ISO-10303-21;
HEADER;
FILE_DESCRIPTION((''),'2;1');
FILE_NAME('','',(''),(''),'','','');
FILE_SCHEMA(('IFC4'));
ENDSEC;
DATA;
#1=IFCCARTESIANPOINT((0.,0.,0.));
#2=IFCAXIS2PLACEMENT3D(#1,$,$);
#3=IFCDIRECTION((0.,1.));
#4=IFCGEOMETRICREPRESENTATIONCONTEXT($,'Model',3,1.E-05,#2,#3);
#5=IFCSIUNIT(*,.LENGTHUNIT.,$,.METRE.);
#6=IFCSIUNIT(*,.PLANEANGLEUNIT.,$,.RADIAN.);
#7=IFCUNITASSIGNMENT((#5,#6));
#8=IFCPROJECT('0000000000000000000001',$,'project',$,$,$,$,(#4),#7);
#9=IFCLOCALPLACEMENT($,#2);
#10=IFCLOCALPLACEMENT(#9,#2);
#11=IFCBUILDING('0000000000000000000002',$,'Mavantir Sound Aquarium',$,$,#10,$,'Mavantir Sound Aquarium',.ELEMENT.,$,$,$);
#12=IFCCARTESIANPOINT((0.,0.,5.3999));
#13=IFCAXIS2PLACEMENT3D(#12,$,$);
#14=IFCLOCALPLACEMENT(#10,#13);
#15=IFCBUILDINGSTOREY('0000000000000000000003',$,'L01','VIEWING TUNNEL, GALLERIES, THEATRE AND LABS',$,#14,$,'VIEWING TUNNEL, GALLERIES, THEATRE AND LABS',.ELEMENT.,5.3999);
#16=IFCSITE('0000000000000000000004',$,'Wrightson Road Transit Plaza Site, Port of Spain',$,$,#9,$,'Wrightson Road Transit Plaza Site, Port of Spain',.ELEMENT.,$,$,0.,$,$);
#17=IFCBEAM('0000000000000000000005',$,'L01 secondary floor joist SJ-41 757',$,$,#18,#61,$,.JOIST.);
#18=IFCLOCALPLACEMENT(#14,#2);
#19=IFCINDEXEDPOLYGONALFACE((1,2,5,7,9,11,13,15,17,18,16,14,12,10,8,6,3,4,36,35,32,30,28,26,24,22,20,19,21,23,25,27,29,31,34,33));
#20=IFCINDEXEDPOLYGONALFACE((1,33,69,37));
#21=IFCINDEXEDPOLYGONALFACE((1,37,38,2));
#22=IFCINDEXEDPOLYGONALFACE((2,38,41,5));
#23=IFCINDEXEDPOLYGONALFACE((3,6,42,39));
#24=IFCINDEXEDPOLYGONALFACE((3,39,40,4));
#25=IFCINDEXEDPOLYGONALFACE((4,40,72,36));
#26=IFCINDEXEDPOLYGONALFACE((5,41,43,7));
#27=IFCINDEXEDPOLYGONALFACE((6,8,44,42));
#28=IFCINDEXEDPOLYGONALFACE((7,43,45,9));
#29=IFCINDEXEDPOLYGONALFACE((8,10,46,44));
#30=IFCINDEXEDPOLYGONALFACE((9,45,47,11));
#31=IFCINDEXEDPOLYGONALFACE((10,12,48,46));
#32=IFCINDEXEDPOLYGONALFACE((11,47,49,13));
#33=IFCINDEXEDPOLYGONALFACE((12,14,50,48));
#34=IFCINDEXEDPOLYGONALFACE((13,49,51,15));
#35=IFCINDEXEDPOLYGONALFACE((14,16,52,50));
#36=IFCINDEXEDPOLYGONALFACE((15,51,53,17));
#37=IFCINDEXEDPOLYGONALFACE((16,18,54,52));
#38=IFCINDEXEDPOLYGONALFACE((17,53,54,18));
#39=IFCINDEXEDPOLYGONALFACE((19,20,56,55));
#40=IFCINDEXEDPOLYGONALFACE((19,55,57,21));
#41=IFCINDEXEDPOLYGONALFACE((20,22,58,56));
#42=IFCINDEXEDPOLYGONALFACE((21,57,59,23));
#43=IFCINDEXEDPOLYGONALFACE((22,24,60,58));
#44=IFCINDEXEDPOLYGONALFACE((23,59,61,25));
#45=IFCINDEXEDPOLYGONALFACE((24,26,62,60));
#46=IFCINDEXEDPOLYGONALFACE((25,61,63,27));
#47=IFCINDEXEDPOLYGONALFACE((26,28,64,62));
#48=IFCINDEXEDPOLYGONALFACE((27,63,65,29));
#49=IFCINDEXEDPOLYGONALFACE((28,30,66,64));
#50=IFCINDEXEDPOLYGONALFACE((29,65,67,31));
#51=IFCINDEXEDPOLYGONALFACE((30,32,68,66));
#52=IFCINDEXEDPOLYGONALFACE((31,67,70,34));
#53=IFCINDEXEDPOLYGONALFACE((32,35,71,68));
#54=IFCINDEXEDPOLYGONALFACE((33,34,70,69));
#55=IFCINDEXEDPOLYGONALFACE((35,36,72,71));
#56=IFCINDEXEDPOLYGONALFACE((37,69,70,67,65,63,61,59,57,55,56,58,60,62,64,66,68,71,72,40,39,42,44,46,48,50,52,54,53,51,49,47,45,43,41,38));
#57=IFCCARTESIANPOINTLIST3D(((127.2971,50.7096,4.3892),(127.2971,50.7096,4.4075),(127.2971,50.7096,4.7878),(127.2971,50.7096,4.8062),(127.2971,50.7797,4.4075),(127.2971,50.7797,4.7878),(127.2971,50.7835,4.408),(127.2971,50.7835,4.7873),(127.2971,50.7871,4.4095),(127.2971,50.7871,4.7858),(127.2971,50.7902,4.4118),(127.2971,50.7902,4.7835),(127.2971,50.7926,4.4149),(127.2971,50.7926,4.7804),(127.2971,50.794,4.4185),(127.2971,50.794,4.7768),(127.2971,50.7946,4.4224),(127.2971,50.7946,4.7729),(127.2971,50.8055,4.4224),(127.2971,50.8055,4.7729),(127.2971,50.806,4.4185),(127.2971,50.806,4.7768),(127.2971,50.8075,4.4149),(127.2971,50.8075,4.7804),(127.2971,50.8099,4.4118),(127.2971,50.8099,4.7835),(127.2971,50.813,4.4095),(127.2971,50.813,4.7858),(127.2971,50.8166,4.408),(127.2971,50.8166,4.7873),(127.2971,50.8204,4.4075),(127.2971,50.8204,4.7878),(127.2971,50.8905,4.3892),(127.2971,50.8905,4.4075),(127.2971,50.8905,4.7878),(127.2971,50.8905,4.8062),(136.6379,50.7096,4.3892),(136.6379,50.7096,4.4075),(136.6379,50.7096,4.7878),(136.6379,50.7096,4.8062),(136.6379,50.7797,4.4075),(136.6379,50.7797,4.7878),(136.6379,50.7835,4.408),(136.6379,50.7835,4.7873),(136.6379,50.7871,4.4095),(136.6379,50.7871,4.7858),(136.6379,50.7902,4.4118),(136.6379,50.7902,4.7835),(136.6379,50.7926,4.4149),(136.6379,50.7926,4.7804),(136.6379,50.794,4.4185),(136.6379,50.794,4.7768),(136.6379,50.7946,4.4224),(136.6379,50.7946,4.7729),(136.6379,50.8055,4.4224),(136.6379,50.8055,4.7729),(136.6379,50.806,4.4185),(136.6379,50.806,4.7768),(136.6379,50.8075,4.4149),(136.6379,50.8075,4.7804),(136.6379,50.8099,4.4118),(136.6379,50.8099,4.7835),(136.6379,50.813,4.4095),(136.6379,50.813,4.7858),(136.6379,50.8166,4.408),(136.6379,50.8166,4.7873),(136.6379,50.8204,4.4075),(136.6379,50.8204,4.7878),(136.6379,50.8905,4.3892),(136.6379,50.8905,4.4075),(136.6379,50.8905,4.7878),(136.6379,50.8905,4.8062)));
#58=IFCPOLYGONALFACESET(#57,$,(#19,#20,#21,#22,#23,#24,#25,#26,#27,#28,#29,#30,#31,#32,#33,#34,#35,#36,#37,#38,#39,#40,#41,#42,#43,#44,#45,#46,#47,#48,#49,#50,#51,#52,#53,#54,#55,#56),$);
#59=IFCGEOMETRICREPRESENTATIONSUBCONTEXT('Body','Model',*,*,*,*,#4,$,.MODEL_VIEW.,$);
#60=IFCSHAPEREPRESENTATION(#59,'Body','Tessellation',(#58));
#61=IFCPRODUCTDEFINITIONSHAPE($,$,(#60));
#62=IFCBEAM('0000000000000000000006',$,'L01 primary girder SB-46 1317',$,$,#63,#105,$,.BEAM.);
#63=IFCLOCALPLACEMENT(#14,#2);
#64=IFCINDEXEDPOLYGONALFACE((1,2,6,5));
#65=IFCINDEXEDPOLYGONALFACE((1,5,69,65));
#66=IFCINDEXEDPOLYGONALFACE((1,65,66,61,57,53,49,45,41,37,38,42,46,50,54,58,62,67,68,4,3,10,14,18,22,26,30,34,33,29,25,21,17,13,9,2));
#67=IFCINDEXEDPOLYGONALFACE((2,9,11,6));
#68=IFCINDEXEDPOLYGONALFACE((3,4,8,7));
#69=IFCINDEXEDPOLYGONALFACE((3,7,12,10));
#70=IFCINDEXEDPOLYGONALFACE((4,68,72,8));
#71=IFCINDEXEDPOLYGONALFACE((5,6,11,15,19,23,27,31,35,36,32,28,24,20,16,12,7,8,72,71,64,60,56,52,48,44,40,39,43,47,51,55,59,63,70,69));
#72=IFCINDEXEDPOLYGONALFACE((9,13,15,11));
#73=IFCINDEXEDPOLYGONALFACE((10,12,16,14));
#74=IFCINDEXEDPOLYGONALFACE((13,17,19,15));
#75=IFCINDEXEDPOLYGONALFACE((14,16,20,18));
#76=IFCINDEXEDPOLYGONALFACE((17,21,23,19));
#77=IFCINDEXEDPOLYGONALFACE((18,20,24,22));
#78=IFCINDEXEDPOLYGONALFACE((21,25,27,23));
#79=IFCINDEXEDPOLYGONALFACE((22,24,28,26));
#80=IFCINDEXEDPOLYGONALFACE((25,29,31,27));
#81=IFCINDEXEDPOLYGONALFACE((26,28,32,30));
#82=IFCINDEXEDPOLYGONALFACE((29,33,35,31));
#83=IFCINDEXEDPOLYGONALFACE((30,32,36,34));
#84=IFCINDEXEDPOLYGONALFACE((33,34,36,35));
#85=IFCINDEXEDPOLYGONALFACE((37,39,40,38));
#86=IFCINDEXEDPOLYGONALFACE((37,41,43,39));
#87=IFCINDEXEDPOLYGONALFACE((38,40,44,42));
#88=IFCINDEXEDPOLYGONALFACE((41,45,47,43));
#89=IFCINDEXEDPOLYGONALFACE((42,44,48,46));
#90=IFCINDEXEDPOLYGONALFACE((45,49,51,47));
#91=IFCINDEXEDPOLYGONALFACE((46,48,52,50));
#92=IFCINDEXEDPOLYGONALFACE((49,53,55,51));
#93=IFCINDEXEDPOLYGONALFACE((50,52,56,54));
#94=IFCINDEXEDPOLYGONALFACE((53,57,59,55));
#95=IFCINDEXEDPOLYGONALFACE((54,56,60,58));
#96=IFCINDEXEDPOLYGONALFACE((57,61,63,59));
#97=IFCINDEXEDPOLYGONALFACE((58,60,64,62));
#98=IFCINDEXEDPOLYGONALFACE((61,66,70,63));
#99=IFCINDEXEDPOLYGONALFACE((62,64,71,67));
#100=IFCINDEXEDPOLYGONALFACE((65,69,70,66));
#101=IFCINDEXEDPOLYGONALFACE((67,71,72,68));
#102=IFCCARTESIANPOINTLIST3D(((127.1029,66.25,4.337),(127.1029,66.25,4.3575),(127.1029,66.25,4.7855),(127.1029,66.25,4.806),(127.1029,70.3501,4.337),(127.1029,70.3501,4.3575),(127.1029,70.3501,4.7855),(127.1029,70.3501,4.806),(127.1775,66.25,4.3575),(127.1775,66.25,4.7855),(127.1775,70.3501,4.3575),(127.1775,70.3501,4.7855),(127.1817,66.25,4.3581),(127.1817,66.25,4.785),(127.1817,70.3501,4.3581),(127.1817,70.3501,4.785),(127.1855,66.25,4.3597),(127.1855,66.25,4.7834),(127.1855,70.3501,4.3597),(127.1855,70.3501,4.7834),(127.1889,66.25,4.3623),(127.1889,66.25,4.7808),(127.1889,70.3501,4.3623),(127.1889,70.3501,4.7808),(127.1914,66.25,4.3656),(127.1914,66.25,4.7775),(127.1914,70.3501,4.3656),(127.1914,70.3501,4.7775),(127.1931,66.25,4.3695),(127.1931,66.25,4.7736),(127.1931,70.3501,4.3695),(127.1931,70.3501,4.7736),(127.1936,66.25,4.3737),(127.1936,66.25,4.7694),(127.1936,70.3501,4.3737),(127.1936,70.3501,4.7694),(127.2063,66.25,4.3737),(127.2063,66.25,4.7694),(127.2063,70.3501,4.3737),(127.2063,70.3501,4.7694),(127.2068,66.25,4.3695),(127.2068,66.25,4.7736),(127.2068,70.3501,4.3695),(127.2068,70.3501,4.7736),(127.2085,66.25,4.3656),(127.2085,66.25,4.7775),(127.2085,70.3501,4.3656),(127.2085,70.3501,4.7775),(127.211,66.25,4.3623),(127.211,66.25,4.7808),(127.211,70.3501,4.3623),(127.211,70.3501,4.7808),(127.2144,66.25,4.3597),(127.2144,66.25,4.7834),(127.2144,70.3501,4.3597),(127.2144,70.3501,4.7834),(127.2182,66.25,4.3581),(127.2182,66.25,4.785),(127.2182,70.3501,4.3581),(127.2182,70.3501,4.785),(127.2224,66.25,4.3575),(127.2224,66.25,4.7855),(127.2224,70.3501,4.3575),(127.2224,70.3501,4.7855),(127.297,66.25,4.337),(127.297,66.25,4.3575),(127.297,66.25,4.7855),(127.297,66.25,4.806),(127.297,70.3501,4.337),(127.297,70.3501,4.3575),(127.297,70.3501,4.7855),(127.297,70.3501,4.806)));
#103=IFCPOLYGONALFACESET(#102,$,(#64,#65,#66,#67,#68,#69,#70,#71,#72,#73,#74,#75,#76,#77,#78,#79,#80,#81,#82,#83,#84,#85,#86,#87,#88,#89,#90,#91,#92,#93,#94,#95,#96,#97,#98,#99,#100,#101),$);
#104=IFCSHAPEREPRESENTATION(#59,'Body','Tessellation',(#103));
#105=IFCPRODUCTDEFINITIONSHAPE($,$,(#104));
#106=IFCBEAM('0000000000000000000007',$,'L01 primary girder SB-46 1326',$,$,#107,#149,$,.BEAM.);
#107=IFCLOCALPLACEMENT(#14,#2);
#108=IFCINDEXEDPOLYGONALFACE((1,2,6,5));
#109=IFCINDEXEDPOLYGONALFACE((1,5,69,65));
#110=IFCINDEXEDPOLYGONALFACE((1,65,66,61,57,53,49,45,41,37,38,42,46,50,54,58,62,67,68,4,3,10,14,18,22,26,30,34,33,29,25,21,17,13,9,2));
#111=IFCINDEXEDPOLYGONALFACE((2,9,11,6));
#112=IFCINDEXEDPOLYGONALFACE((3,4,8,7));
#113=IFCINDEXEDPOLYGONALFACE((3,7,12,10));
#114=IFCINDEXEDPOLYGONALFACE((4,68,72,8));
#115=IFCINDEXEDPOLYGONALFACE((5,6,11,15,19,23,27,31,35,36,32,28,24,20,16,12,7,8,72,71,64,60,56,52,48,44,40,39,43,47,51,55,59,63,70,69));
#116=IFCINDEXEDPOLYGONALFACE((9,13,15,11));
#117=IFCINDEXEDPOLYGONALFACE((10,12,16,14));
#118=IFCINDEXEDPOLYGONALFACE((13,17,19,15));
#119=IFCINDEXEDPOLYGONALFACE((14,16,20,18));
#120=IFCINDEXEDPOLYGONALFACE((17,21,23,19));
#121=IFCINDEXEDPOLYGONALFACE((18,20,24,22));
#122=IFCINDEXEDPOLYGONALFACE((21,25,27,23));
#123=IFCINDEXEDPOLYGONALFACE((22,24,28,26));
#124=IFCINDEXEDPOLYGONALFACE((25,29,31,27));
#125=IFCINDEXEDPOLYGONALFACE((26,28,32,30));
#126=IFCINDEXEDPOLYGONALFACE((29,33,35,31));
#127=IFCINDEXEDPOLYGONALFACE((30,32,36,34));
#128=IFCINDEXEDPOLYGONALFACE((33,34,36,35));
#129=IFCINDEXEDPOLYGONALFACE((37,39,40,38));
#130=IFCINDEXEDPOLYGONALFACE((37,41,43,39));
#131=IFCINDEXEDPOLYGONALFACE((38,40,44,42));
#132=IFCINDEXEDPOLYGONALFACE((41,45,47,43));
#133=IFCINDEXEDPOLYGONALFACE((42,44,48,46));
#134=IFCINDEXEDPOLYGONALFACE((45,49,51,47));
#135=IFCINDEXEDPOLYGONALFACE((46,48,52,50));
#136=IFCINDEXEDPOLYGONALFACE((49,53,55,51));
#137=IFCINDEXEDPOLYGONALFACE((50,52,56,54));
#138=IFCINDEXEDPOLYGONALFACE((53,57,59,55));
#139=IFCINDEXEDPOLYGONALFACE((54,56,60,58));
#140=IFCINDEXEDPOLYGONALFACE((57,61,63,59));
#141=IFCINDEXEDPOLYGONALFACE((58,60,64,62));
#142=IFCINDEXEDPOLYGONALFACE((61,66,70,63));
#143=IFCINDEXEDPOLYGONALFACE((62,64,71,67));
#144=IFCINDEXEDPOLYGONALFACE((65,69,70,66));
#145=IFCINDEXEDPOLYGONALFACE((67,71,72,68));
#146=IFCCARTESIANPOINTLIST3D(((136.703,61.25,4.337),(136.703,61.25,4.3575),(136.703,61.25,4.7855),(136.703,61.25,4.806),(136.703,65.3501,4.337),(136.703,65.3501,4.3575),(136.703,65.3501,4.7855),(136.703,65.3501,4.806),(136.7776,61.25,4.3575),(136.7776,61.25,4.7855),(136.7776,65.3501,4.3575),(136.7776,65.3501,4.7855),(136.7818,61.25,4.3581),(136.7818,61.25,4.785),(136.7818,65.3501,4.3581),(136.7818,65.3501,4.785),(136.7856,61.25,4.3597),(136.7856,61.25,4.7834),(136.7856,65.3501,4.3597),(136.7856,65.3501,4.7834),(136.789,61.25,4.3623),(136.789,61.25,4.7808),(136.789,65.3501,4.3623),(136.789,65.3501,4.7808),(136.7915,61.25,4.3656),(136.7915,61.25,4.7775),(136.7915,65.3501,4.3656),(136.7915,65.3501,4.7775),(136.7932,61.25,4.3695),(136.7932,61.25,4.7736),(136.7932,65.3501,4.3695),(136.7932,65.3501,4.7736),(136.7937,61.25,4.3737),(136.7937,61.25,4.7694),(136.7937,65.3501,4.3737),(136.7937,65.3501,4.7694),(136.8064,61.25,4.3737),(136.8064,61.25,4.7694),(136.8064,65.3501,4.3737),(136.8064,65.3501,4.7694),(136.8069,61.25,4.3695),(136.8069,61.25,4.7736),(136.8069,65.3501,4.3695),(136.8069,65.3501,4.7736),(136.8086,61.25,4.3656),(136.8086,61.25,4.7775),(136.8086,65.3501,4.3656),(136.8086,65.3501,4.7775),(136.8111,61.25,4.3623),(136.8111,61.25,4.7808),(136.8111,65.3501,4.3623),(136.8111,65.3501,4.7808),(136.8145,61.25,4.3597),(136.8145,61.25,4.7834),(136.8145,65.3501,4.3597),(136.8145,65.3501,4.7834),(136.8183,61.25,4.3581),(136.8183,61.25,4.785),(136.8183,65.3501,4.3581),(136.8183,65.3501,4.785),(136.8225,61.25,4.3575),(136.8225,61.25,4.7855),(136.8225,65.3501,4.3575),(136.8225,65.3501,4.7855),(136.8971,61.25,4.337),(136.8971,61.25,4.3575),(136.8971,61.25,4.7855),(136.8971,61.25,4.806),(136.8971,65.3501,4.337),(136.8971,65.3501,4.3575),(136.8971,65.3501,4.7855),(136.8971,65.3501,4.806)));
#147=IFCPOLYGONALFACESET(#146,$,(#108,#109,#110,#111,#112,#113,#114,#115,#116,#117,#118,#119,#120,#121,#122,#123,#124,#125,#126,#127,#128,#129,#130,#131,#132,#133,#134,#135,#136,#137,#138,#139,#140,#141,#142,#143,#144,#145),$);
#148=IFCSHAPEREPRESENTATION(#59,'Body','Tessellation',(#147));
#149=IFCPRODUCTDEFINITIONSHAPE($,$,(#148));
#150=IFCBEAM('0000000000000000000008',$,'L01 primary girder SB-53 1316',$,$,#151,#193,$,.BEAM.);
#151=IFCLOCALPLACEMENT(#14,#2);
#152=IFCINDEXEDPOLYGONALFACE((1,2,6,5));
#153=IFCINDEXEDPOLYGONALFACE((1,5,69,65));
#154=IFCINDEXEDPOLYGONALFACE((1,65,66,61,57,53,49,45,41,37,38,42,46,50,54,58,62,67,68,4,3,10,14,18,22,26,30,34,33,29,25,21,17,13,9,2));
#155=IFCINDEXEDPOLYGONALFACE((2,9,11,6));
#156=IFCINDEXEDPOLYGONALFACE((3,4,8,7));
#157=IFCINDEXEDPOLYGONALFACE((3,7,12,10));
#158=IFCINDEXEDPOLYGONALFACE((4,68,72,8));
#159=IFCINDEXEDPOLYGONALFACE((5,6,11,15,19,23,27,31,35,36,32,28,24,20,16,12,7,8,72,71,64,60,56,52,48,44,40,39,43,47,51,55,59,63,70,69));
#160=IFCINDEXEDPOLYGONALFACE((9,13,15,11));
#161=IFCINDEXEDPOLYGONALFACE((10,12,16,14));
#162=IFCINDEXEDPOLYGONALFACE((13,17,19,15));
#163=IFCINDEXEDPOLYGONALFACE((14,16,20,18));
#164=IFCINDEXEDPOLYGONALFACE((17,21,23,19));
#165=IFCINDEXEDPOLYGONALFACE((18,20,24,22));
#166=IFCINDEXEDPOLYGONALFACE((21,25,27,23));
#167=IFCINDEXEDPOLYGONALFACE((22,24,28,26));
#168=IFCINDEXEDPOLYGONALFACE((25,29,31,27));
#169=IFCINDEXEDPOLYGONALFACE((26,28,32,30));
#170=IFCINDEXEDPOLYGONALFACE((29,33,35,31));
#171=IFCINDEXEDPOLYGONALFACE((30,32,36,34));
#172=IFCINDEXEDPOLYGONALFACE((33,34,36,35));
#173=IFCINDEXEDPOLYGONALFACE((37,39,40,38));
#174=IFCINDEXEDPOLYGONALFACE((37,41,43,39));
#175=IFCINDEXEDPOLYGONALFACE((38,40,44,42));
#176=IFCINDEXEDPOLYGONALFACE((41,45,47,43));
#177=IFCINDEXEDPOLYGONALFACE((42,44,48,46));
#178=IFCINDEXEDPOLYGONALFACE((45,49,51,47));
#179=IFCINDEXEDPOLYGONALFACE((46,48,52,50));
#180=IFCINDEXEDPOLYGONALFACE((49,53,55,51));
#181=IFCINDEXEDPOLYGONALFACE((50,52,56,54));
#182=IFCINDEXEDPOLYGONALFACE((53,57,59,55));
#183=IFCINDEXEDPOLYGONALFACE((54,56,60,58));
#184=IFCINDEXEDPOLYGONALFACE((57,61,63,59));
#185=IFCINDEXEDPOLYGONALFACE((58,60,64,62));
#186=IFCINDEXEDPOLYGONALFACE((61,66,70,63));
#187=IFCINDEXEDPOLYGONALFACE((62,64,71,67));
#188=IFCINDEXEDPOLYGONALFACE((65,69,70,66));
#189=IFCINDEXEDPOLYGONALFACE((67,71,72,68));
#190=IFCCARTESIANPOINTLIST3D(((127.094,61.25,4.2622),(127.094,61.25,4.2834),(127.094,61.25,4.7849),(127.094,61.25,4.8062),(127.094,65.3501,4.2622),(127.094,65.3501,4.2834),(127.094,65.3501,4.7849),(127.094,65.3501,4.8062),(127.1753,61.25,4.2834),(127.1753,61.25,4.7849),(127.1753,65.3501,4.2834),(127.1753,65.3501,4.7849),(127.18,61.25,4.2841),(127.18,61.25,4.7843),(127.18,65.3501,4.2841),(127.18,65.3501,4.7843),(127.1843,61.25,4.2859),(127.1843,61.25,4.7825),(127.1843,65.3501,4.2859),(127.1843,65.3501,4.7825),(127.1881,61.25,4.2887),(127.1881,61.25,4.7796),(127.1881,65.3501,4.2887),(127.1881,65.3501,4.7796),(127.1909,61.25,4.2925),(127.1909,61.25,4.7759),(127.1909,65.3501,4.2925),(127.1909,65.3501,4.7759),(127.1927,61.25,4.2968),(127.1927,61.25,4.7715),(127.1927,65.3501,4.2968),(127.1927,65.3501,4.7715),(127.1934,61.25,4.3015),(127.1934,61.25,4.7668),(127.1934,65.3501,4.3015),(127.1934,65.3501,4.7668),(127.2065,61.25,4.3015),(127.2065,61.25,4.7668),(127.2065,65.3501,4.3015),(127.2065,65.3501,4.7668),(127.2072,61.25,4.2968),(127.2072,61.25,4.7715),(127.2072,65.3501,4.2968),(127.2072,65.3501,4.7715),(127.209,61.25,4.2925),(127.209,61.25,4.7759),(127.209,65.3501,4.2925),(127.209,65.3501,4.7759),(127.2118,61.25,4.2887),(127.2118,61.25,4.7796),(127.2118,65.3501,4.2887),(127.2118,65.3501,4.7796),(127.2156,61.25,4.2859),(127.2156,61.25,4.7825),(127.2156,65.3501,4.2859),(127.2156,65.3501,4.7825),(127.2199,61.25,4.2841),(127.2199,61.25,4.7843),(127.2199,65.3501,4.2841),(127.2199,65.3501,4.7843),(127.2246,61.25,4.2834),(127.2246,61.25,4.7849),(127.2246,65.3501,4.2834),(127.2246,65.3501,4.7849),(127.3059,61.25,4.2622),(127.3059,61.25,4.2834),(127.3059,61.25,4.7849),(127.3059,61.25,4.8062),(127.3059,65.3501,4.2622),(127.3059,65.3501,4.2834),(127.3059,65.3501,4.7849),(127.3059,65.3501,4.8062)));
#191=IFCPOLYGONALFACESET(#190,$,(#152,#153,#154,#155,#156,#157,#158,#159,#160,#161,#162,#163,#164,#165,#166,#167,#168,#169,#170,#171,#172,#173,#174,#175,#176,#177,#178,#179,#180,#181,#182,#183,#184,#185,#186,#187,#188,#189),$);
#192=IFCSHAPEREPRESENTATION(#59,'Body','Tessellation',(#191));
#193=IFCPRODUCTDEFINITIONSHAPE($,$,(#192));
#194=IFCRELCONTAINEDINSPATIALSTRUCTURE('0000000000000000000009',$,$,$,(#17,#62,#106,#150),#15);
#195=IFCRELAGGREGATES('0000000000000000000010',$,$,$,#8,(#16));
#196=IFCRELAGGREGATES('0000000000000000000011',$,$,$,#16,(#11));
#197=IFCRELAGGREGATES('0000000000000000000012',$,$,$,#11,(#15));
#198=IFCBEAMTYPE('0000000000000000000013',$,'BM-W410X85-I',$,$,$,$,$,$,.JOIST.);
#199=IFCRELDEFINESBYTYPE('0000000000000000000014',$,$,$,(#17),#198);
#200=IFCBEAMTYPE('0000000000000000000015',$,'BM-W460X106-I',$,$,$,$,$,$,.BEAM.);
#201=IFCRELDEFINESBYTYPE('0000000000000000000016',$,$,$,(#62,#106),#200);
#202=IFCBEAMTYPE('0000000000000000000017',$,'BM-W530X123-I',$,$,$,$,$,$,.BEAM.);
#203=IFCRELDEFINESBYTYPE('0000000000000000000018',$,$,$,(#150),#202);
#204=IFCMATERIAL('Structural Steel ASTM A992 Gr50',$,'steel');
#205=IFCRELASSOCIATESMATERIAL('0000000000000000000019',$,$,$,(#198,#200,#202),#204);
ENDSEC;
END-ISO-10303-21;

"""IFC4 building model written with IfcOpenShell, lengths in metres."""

from ifc_helpers import new_model, si_unit, direction, frame, origin, origin_2d, place, context, subcontext, project, spatial, i_section, extrude, material, material_profile, profile_set, type_object, element, save


model = new_model("IFC4")

# Units and contexts
model_context = context("Model", 3, precision=1e-05, world=origin(), true_north=direction((0.0, 1.0)))
body_context = subcontext(model_context, "Body", "Model", "MODEL_VIEW")
ifc_project = project(units=[si_unit("LENGTHUNIT", "METRE"), si_unit("PLANEANGLEUNIT", "RADIAN")], contexts=[model_context])

# Site, building, storey
site_placement = place(None, origin())
site = spatial("IfcSite", under=ifc_project, at=site_placement, Name="Wrightson Road Transit Plaza Site, Port of Spain", LongName="Wrightson Road Transit Plaza Site, Port of Spain", CompositionType="ELEMENT", RefElevation=0.0)
building_placement = place(site_placement, origin())
building = spatial("IfcBuilding", under=site, at=building_placement, Name="Mavantir Sound Aquarium", LongName="Mavantir Sound Aquarium", CompositionType="ELEMENT")
storey_placement = place(building_placement, frame((0.0, 0.0, 5.3999)))
storey = spatial("IfcBuildingStorey", under=building, at=storey_placement, Name="L01", Description="VIEWING TUNNEL, GALLERIES, THEATRE AND LABS", LongName="VIEWING TUNNEL, GALLERIES, THEATRE AND LABS", CompositionType="ELEMENT", Elevation=5.3999)

# Beams
ifc_material_1 = material(Name="Structural Steel ASTM A992 Gr50", Category="steel")
ifc_material_profile_1 = material_profile(ifc_material_1, i_section(OverallWidth=0.1809, OverallDepth=0.417, WebThickness=0.011, FlangeThickness=0.0183, FilletRadius=0.0149, at=origin_2d()), Name="W410X85")
ifc_profile_set_1 = profile_set([ifc_material_profile_1], Name="Structural Steel ASTM A992 Gr50")
beam_type_1 = type_object("IfcBeamType", Name="BM-W410X85-I", PredefinedType="JOIST", material=ifc_profile_set_1)
beam_1_placement = place(storey_placement, frame((127.2971, 50.8, 4.5977), z_axis=(1.0, 0.0, 0.0), x_axis=(0.0, 1.0, 0.0)))
element("IfcBeam", 1, at=beam_1_placement, inside=storey, type_object=beam_type_1, Name="L01 secondary floor joist SJ-41 757", PredefinedType="JOIST", context=body_context, shape_type="SweptSolid", body=[
    extrude(i_section(OverallWidth=0.1809, OverallDepth=0.417, WebThickness=0.011, FlangeThickness=0.0183, FilletRadius=0.0149, at=origin_2d()), origin(), (0.0, 0.0, 1.0), 9.3408),
])
ifc_material_profile_2 = material_profile(ifc_material_1, i_section(OverallWidth=0.1941, OverallDepth=0.469, WebThickness=0.0127, FlangeThickness=0.0205, FilletRadius=0.0161, at=origin_2d()), Name="W460X106")
ifc_profile_set_2 = profile_set([ifc_material_profile_2], Name="Structural Steel ASTM A992 Gr50")
beam_type_2 = type_object("IfcBeamType", Name="BM-W460X106-I", PredefinedType="BEAM", material=ifc_profile_set_2)
for number, where, z_axis, x_axis, name in (
    (2, (127.2, 66.25, 4.5715), (0.0, 1.0, 0.0), (-1.0, 0.0, 0.0), "L01 primary girder SB-46 1317"),
    (3, (136.8, 61.25, 4.5715), (0.0, 1.0, 0.0), (-1.0, 0.0, 0.0), "L01 primary girder SB-46 1326"),
):
    element("IfcBeam", number, at=place(storey_placement, frame(where, z_axis=z_axis, x_axis=x_axis)), inside=storey, type_object=beam_type_2, Name=name, PredefinedType="BEAM", context=body_context, shape_type="SweptSolid", body=[
        extrude(i_section(OverallWidth=0.1941, OverallDepth=0.469, WebThickness=0.0127, FlangeThickness=0.0205, FilletRadius=0.0161, at=origin_2d()), origin(), (0.0, 0.0, 1.0), 4.1001),
    ])
ifc_material_profile_3 = material_profile(ifc_material_1, i_section(OverallWidth=0.2119, OverallDepth=0.5439, WebThickness=0.0132, FlangeThickness=0.0212, FilletRadius=0.0181, at=origin_2d()), Name="W530X123")
ifc_profile_set_3 = profile_set([ifc_material_profile_3], Name="Structural Steel ASTM A992 Gr50")
beam_type_3 = type_object("IfcBeamType", Name="BM-W530X123-I", PredefinedType="BEAM", material=ifc_profile_set_3)
for number, where, z_axis, x_axis, name in (
    (4, (127.2, 61.25, 4.5342), (0.0, 1.0, 0.0), (-1.0, 0.0, 0.0), "L01 primary girder SB-53 1316"),
):
    element("IfcBeam", number, at=place(storey_placement, frame(where, z_axis=z_axis, x_axis=x_axis)), inside=storey, type_object=beam_type_3, Name=name, PredefinedType="BEAM", context=body_context, shape_type="SweptSolid", body=[
        extrude(i_section(OverallWidth=0.2119, OverallDepth=0.5439, WebThickness=0.0132, FlangeThickness=0.0212, FilletRadius=0.0181, at=origin_2d()), origin(), (0.0, 0.0, 1.0), 4.1001),
    ])

save(model, "model.ifc")
